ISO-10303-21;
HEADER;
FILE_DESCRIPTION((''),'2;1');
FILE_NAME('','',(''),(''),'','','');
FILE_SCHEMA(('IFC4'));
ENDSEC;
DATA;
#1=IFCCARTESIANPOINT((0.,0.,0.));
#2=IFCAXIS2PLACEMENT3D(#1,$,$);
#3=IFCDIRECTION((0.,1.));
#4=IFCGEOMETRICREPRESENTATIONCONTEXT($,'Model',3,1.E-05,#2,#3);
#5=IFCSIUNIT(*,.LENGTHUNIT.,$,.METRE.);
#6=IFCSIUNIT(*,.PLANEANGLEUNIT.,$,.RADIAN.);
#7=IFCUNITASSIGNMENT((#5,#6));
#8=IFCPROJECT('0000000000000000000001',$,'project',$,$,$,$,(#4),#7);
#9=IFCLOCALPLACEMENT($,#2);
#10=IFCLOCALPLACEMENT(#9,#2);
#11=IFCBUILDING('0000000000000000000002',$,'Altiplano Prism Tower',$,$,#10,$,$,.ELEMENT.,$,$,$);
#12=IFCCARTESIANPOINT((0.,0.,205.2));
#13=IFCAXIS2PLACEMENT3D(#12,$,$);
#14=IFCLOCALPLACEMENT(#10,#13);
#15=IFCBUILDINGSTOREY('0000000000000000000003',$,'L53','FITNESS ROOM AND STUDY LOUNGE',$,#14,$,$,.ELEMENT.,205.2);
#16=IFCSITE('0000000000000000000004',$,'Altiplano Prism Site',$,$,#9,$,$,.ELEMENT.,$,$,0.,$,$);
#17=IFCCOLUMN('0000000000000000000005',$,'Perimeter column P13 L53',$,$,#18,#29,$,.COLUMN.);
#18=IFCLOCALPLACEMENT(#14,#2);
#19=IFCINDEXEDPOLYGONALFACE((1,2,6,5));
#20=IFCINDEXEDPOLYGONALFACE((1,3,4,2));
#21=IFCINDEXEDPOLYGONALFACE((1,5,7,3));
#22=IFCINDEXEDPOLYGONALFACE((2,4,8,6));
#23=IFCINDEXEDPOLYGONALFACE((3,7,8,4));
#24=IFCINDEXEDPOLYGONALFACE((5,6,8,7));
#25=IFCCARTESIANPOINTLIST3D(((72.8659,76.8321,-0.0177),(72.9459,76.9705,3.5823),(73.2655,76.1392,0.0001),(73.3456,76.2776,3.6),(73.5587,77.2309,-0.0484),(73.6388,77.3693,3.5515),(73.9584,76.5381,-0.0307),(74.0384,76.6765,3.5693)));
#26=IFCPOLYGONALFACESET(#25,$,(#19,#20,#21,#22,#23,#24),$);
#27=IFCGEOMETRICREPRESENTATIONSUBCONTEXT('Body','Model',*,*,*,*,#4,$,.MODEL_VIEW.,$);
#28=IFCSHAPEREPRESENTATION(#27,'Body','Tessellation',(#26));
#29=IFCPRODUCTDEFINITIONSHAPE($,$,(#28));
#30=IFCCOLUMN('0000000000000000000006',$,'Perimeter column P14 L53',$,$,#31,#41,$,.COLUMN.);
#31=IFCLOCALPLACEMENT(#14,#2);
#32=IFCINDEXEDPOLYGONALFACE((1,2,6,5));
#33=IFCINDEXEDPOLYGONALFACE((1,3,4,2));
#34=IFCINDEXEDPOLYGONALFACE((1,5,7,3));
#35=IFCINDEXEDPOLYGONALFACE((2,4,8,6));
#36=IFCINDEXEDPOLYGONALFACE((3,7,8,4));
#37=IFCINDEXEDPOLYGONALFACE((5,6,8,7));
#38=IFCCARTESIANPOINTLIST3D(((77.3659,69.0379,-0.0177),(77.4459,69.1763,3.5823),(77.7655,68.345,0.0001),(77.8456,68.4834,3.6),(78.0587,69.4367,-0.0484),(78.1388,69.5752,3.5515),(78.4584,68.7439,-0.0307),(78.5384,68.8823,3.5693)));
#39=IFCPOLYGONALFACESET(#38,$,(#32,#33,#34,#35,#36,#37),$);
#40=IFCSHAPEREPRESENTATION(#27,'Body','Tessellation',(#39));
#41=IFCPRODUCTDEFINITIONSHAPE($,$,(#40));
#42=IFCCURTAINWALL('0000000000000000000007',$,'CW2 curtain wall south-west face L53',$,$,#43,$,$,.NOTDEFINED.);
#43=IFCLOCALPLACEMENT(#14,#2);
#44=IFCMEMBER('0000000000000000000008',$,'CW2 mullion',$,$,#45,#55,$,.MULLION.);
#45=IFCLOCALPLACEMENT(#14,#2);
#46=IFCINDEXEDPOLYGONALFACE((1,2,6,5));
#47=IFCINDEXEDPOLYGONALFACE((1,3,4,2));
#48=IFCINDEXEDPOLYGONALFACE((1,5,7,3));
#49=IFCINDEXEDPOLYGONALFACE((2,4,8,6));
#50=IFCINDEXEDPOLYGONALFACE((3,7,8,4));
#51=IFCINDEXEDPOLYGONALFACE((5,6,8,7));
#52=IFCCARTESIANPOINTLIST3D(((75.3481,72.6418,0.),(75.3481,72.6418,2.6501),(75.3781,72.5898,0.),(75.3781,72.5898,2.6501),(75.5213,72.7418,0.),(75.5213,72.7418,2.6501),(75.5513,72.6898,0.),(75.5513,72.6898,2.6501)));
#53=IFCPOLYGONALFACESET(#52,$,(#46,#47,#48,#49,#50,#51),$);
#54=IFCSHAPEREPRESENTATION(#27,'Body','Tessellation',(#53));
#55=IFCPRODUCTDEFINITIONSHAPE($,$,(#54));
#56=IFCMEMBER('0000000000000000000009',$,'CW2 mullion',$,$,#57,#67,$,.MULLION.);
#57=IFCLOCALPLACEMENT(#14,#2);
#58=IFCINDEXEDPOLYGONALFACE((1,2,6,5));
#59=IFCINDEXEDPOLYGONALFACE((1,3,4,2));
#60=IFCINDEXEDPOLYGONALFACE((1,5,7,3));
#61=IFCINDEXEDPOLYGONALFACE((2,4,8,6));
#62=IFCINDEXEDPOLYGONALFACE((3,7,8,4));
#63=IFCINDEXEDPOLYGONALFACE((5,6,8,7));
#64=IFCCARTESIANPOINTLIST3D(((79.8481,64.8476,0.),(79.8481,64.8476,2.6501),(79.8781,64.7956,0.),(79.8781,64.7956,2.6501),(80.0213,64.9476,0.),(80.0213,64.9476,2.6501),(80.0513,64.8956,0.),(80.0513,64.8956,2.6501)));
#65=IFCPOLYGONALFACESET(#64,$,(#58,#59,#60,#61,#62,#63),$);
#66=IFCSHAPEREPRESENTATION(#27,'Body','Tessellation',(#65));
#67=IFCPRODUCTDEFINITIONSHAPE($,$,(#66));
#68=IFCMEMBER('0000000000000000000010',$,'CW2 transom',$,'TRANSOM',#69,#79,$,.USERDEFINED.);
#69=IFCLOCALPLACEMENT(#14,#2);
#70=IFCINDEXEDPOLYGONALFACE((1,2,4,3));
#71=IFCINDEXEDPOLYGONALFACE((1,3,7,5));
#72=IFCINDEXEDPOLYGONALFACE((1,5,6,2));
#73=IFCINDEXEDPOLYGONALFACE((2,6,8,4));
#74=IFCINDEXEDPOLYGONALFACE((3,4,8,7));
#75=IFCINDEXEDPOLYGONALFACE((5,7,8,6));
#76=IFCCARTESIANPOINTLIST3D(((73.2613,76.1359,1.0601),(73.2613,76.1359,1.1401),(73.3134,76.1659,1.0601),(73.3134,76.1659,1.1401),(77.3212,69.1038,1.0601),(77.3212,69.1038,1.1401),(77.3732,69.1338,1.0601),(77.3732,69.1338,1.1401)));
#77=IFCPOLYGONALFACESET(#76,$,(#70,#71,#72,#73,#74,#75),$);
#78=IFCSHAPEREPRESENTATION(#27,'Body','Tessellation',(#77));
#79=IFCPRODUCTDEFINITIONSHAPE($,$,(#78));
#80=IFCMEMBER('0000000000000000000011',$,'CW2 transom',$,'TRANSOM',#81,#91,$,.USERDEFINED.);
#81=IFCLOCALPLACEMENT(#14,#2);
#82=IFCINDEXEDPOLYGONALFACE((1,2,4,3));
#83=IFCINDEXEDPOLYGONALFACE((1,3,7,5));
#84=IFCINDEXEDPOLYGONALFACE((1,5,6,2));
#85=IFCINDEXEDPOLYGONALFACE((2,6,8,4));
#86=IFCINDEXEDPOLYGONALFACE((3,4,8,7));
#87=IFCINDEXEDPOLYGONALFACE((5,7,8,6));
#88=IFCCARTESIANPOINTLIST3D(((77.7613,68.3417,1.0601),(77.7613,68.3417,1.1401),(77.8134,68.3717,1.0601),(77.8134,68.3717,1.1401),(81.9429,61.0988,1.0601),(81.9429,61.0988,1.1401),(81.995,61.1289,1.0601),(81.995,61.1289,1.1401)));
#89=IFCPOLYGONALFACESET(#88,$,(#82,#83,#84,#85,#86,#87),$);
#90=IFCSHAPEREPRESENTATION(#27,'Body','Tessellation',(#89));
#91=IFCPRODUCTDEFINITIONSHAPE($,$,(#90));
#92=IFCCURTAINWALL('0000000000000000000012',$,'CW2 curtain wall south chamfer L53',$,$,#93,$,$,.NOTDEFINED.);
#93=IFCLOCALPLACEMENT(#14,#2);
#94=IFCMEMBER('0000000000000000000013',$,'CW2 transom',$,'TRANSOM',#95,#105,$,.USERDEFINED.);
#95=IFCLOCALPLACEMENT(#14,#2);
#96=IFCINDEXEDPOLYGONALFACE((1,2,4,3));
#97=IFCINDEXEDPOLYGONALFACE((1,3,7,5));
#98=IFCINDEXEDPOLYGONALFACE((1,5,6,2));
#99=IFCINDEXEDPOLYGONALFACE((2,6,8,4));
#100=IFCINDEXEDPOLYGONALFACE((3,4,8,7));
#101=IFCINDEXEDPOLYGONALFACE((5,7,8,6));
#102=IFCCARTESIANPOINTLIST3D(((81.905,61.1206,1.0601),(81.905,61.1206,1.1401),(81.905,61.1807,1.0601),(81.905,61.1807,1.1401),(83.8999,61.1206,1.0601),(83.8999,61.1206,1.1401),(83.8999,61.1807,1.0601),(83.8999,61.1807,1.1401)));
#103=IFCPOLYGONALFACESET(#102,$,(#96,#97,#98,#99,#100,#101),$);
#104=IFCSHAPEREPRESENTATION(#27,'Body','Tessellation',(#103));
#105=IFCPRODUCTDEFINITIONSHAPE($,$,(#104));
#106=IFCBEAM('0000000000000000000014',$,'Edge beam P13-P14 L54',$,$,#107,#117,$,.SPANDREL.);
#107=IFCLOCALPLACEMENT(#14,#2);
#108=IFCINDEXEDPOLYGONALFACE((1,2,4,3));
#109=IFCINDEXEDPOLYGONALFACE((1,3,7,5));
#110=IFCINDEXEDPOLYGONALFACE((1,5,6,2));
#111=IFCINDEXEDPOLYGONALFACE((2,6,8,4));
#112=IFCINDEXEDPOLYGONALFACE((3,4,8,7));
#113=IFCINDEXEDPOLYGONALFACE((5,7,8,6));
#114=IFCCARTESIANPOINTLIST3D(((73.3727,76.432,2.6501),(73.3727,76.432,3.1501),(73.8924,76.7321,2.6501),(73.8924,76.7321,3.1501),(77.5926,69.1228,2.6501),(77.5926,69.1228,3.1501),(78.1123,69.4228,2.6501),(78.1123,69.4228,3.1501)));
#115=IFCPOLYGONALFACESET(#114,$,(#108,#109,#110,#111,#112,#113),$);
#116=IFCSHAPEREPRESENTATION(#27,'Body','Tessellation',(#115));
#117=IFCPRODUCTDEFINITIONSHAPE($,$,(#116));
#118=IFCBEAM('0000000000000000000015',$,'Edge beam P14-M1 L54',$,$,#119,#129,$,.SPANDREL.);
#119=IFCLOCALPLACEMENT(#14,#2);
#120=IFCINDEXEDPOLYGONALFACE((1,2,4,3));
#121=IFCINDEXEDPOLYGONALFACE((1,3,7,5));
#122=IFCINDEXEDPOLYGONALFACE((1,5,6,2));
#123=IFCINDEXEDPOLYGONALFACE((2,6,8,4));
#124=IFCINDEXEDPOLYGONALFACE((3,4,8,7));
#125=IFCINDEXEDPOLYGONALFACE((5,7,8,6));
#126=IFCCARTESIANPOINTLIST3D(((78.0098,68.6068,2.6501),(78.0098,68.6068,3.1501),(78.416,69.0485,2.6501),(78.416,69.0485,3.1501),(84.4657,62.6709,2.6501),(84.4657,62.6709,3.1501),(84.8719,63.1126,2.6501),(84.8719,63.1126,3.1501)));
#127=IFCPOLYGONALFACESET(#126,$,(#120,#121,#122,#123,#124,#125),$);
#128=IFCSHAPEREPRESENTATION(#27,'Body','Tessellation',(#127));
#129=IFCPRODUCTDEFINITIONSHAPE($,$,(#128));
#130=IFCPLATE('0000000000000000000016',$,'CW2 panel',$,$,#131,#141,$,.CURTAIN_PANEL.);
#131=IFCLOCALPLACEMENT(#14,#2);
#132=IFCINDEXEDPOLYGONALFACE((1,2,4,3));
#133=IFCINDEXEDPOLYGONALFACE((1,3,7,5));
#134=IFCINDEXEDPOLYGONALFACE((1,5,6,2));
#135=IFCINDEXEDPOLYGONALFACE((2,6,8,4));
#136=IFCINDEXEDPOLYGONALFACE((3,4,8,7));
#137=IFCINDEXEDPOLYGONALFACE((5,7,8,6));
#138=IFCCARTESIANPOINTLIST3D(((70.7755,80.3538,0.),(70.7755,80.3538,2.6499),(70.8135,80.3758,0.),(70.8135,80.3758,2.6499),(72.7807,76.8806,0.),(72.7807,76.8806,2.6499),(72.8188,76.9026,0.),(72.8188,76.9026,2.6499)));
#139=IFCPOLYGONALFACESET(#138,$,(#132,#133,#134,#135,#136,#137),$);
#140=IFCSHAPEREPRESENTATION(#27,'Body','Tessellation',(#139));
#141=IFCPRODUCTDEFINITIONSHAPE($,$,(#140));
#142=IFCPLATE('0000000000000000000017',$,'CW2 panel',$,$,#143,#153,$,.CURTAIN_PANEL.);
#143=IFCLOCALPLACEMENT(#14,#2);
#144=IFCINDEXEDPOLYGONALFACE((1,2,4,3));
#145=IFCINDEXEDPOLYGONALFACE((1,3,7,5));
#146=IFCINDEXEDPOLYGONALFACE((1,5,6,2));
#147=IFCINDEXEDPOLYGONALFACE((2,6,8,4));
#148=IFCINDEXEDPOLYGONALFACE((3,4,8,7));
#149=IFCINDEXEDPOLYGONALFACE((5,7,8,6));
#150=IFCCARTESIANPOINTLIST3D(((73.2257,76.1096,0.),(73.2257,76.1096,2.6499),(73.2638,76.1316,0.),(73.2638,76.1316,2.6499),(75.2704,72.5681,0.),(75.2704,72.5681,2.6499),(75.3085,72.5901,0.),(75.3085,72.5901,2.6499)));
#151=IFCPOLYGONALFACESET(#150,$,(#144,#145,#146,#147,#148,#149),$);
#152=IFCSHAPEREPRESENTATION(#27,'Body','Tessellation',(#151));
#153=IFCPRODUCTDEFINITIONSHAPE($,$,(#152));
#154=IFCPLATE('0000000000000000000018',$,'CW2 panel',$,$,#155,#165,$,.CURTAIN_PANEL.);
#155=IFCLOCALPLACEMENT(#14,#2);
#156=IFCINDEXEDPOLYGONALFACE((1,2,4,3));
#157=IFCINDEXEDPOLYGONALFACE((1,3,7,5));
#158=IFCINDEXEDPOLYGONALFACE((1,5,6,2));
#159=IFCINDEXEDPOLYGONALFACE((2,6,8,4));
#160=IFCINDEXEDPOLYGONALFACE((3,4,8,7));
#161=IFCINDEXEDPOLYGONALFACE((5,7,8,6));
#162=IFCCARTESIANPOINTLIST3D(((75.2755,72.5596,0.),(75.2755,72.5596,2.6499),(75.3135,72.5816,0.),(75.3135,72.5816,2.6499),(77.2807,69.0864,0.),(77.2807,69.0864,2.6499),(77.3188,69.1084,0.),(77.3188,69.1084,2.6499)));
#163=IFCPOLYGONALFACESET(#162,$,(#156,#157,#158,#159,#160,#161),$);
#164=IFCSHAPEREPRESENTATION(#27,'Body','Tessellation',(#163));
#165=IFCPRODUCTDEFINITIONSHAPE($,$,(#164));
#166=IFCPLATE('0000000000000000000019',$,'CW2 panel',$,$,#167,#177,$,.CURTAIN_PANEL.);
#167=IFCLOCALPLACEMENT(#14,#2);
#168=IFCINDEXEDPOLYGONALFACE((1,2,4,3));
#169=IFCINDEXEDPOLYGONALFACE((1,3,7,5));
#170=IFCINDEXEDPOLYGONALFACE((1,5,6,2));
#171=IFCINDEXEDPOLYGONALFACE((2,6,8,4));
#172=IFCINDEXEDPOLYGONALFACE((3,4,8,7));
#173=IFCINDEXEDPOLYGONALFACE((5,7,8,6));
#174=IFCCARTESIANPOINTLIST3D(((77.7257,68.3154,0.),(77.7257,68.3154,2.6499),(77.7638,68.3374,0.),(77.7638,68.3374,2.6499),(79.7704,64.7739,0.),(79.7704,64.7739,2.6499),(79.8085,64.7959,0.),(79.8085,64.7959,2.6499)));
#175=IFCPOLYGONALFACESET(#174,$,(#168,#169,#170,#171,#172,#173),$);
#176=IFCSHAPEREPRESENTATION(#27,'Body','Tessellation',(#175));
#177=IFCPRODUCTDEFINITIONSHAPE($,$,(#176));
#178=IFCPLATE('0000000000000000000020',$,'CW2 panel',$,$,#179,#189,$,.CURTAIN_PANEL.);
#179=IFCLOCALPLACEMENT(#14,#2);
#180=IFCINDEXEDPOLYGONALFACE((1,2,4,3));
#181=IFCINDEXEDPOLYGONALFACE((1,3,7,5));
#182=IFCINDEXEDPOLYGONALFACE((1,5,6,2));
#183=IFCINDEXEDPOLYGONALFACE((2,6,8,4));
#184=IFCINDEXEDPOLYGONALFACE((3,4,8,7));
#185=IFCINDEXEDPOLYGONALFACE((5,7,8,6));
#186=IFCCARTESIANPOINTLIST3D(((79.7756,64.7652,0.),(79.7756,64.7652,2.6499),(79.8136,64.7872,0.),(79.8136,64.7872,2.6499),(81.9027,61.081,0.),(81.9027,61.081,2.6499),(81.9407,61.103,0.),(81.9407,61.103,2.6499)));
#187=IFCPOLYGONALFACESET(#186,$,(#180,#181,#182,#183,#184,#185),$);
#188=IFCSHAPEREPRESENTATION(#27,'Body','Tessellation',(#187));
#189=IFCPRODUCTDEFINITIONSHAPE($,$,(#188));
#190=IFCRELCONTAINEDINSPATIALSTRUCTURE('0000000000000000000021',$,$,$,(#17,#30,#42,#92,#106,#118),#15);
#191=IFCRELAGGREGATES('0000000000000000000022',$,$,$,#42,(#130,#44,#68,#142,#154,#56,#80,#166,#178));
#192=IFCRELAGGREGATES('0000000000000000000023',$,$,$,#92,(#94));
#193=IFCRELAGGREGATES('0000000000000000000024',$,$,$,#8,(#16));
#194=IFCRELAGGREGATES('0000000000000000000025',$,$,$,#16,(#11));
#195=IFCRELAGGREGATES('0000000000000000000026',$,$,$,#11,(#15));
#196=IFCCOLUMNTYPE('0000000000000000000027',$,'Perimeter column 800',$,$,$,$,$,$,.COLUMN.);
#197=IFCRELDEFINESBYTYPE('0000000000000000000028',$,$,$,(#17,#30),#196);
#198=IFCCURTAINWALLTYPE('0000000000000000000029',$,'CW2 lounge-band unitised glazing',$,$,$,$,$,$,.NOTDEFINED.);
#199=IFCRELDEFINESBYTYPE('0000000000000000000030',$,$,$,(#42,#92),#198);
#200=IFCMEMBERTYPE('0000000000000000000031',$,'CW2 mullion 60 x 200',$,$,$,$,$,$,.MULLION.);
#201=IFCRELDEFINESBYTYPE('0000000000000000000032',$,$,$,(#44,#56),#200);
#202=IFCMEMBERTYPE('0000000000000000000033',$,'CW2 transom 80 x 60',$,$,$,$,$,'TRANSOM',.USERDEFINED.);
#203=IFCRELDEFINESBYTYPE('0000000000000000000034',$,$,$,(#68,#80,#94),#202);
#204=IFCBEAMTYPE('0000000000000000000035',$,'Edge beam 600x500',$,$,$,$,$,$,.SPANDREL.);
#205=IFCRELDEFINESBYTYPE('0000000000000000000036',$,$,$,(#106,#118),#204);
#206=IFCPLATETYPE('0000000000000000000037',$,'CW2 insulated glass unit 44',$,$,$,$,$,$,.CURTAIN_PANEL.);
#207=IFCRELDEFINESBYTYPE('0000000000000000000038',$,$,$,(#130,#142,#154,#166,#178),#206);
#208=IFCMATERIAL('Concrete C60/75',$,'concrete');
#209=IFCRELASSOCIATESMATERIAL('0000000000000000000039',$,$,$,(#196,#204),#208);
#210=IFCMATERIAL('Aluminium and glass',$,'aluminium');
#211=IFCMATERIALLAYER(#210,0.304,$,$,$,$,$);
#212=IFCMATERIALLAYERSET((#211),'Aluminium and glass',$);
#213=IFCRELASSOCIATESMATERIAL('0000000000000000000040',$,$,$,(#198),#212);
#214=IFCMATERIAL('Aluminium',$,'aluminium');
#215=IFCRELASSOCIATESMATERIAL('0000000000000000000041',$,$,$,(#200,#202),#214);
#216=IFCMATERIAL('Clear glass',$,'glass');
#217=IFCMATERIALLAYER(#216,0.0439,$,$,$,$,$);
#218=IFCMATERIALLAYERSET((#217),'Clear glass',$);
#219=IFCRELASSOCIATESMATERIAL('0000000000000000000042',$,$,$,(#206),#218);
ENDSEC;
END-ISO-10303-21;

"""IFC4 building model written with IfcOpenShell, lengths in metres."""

from ifc_helpers import new_model, si_unit, direction, frame, origin, origin_2d, place, context, subcontext, project, spatial, rectangle, extrude, material, layer, layer_set, material_profile, profile_set, type_object, element, aggregate, save


model = new_model("IFC4")

# Units and contexts
model_context = context("Model", 3, precision=1e-05, world=origin(), true_north=direction((0.0, 1.0)))
body_context = subcontext(model_context, "Body", "Model", "MODEL_VIEW")
ifc_project = project(units=[si_unit("LENGTHUNIT", "METRE"), si_unit("PLANEANGLEUNIT", "RADIAN")], contexts=[model_context])

# Site, building, storey
site_placement = place(None, origin())
site = spatial("IfcSite", under=ifc_project, at=site_placement, Name="Altiplano Prism Site", CompositionType="ELEMENT", RefElevation=0.0)
building_placement = place(site_placement, origin())
building = spatial("IfcBuilding", under=site, at=building_placement, Name="Altiplano Prism Tower", CompositionType="ELEMENT")
storey_placement = place(building_placement, frame((0.0, 0.0, 205.2)))
storey = spatial("IfcBuildingStorey", under=building, at=storey_placement, Name="L53", Description="FITNESS ROOM AND STUDY LOUNGE", CompositionType="ELEMENT", Elevation=205.2)

# Columns
ifc_material_1 = material(Name="Concrete C60/75", Category="concrete")
ifc_material_profile_1 = material_profile(ifc_material_1, rectangle(XDim=0.8, YDim=0.8, at=origin_2d()), Name="Perimeter column 800")
ifc_profile_set_1 = profile_set([ifc_material_profile_1], Name="Concrete C60/75")
column_type = type_object("IfcColumnType", Name="Perimeter column 800", PredefinedType="COLUMN", material=ifc_profile_set_1)
for number, where, z_axis, x_axis, name in (
    (1, (73.4121, 76.6851, -0.0242), (0.022223, 0.038416, 0.999015), (-0.866021, -0.498528, 0.038435), "Perimeter column P13 L53"),
    (2, (77.9121, 68.8909, -0.0242), (0.022223, 0.038416, 0.999015), (-0.866021, -0.498528, 0.038435), "Perimeter column P14 L53"),
):
    element("IfcColumn", number, at=place(storey_placement, frame(where, z_axis=z_axis, x_axis=x_axis)), inside=storey, type_object=column_type, Name=name, PredefinedType="COLUMN", context=body_context, shape_type="SweptSolid", body=[
        extrude(rectangle(XDim=0.8, YDim=0.8, at=origin_2d()), origin(), (0.0, 0.0, 1.0), 3.6035),
    ])

# Curtain wall, members
ifc_material_2 = material(Name="Aluminium and glass", Category="aluminium")
ifc_layer_1 = layer(ifc_material_2, 0.304)
ifc_layer_set_1 = layer_set([ifc_layer_1], Name="Aluminium and glass")
curtain_wall_type = type_object("IfcCurtainWallType", Name="CW2 lounge-band unitised glazing", PredefinedType="NOTDEFINED", material=ifc_layer_set_1)
curtain_wall_1_placement = place(storey_placement, origin())
curtain_wall_1 = element("IfcCurtainWall", 3, at=curtain_wall_1_placement, inside=storey, type_object=curtain_wall_type, Name="CW2 curtain wall south-west face L53", PredefinedType="NOTDEFINED")
ifc_material_3 = material(Name="Aluminium", Category="aluminium")
ifc_material_profile_2 = material_profile(ifc_material_3, rectangle(XDim=0.2, YDim=0.0601, at=origin_2d()), Name="CW2 mullion 60 x 200")
ifc_profile_set_2 = profile_set([ifc_material_profile_2], Name="Aluminium")
member_type_1 = type_object("IfcMemberType", Name="CW2 mullion 60 x 200", PredefinedType="MULLION", material=ifc_profile_set_2)
member_1_placement = place(storey_placement, frame((75.4497, 72.6658, 0.0), z_axis=(0.0, 0.0, 1.0), x_axis=(0.866025, 0.5, 0.0)))
member_1 = element("IfcMember", 4, at=member_1_placement, type_object=member_type_1, Name="CW2 mullion", PredefinedType="MULLION", context=body_context, shape_type="SweptSolid", body=[
    extrude(rectangle(XDim=0.2, YDim=0.0601, at=origin_2d()), origin(), (0.0, 0.0, 1.0), 2.6501),
])
member_2_placement = place(storey_placement, frame((79.9497, 64.8716, 0.0), z_axis=(0.0, 0.0, 1.0), x_axis=(0.866025, 0.5, 0.0)))
member_2 = element("IfcMember", 5, at=member_2_placement, type_object=member_type_1, Name="CW2 mullion", PredefinedType="MULLION", context=body_context, shape_type="SweptSolid", body=[
    extrude(rectangle(XDim=0.2, YDim=0.0601, at=origin_2d()), origin(), (0.0, 0.0, 1.0), 2.6501),
])
ifc_material_profile_3 = material_profile(ifc_material_3, rectangle(XDim=0.0601, YDim=0.0801, at=origin_2d()), Name="CW2 transom 80 x 60")
ifc_profile_set_3 = profile_set([ifc_material_profile_3], Name="Aluminium")
member_type_2 = type_object("IfcMemberType", Name="CW2 transom 80 x 60", ElementType="TRANSOM", PredefinedType="USERDEFINED", material=ifc_profile_set_3)
member_3_placement = place(storey_placement, frame((73.2874, 76.1509, 1.1001), z_axis=(0.499991, -0.866031, 0.0), x_axis=(0.866031, 0.499991, 0.0)))
member_3 = element("IfcMember", 6, at=member_3_placement, type_object=member_type_2, Name="CW2 transom", ObjectType="TRANSOM", PredefinedType="USERDEFINED", context=body_context, shape_type="SweptSolid", body=[
    extrude(rectangle(XDim=0.0601, YDim=0.0801, at=origin_2d()), origin(), (0.0, 0.0, 1.0), 8.1199),
])
member_4_placement = place(storey_placement, frame((77.7874, 68.3567, 1.1001), z_axis=(0.499995, -0.866029, 0.0), x_axis=(0.866029, 0.499995, 0.0)))
member_4 = element("IfcMember", 7, at=member_4_placement, type_object=member_type_2, Name="CW2 transom", ObjectType="TRANSOM", PredefinedType="USERDEFINED", context=body_context, shape_type="SweptSolid", body=[
    extrude(rectangle(XDim=0.0601, YDim=0.0801, at=origin_2d()), origin(), (0.0, 0.0, 1.0), 8.3633),
])

# Curtain wall, member
curtain_wall_2_placement = place(storey_placement, origin())
curtain_wall_2 = element("IfcCurtainWall", 8, at=curtain_wall_2_placement, inside=storey, type_object=curtain_wall_type, Name="CW2 curtain wall south chamfer L53", PredefinedType="NOTDEFINED")
member_5_placement = place(storey_placement, frame((81.905, 61.1506, 1.1001), z_axis=(1.0, 0.0, 0.0), x_axis=(0.0, 1.0, 0.0)))
member_5 = element("IfcMember", 9, at=member_5_placement, type_object=member_type_2, Name="CW2 transom", ObjectType="TRANSOM", PredefinedType="USERDEFINED", context=body_context, shape_type="SweptSolid", body=[
    extrude(rectangle(XDim=0.0601, YDim=0.0801, at=origin_2d()), origin(), (0.0, 0.0, 1.0), 1.9949),
])

# Beams
ifc_material_profile_4 = material_profile(ifc_material_1, rectangle(XDim=0.6001, YDim=0.5, at=origin_2d()), Name="Edge beam 600x500")
ifc_profile_set_4 = profile_set([ifc_material_profile_4], Name="Concrete C60/75")
beam_type = type_object("IfcBeamType", Name="Edge beam 600x500", PredefinedType="SPANDREL", material=ifc_profile_set_4)
beam_1_placement = place(storey_placement, frame((73.6326, 76.582, 2.9001), z_axis=(0.499994, -0.866029, 0.0), x_axis=(0.866029, 0.499994, 0.0)))
element("IfcBeam", 10, at=beam_1_placement, inside=storey, type_object=beam_type, Name="Edge beam P13-P14 L54", PredefinedType="SPANDREL", context=body_context, shape_type="SweptSolid", body=[
    extrude(rectangle(XDim=0.6001, YDim=0.5, at=origin_2d()), origin(), (0.0, 0.0, 1.0), 8.4399),
])
beam_2_placement = place(storey_placement, frame((78.2129, 68.8276, 2.9001), z_axis=(0.736133, -0.676837, 0.0), x_axis=(0.676837, 0.736133, 0.0)))
element("IfcBeam", 11, at=beam_2_placement, inside=storey, type_object=beam_type, Name="Edge beam P14-M1 L54", PredefinedType="SPANDREL", context=body_context, shape_type="SweptSolid", body=[
    extrude(rectangle(XDim=0.6001, YDim=0.5, at=origin_2d()), origin(), (0.0, 0.0, 1.0), 8.77),
])

# Plates
ifc_material_4 = material(Name="Clear glass", Category="glass")
ifc_layer_2 = layer(ifc_material_4, 0.0439)
ifc_layer_set_2 = layer_set([ifc_layer_2], Name="Clear glass")
plate_type = type_object("IfcPlateType", Name="CW2 insulated glass unit 44", PredefinedType="CURTAIN_PANEL", material=ifc_layer_set_2)
plate_1_placement = place(storey_placement, frame((71.7971, 78.6282, 0.0), z_axis=(0.0, 0.0, 1.0), x_axis=(0.5, -0.866025, 0.0)))
plate_1 = element("IfcPlate", 12, at=plate_1_placement, type_object=plate_type, Name="CW2 panel", PredefinedType="CURTAIN_PANEL", context=body_context, shape_type="SweptSolid", body=[
    extrude(rectangle(XDim=4.0105, YDim=0.0439, at=origin_2d()), origin(), (0.0, 0.0, 1.0), 2.6499),
])
plate_2_placement = place(storey_placement, frame((74.2671, 74.3499, 0.0), z_axis=(0.0, 0.0, 1.0), x_axis=(0.5, -0.866025, 0.0)))
plate_2 = element("IfcPlate", 13, at=plate_2_placement, type_object=plate_type, Name="CW2 panel", PredefinedType="CURTAIN_PANEL", context=body_context, shape_type="SweptSolid", body=[
    extrude(rectangle(XDim=4.0894, YDim=0.0439, at=origin_2d()), origin(), (0.0, 0.0, 1.0), 2.6499),
])
plate_3_placement = place(storey_placement, frame((76.2971, 70.834, 0.0), z_axis=(0.0, 0.0, 1.0), x_axis=(0.5, -0.866025, 0.0)))
plate_3 = element("IfcPlate", 14, at=plate_3_placement, type_object=plate_type, Name="CW2 panel", PredefinedType="CURTAIN_PANEL", context=body_context, shape_type="SweptSolid", body=[
    extrude(rectangle(XDim=4.0105, YDim=0.0439, at=origin_2d()), origin(), (0.0, 0.0, 1.0), 2.6499),
])
plate_4_placement = place(storey_placement, frame((78.7671, 66.5557, 0.0), z_axis=(0.0, 0.0, 1.0), x_axis=(0.5, -0.866025, 0.0)))
plate_4 = element("IfcPlate", 15, at=plate_4_placement, type_object=plate_type, Name="CW2 panel", PredefinedType="CURTAIN_PANEL", context=body_context, shape_type="SweptSolid", body=[
    extrude(rectangle(XDim=4.0894, YDim=0.0439, at=origin_2d()), origin(), (0.0, 0.0, 1.0), 2.6499),
])
plate_5_placement = place(storey_placement, frame((80.8582, 62.9341, 0.0), z_axis=(0.0, 0.0, 1.0), x_axis=(0.5, -0.866025, 0.0)))
plate_5 = element("IfcPlate", 16, at=plate_5_placement, type_object=plate_type, Name="CW2 panel", PredefinedType="CURTAIN_PANEL", context=body_context, shape_type="SweptSolid", body=[
    extrude(rectangle(XDim=4.2542, YDim=0.0439, at=origin_2d()), origin(), (0.0, 0.0, 1.0), 2.6499),
])
aggregate(curtain_wall_1, [plate_1, member_1, member_3, plate_2, plate_3, member_2, member_4, plate_4, plate_5])
aggregate(curtain_wall_2, [member_5])

save(model, "model.ifc")
